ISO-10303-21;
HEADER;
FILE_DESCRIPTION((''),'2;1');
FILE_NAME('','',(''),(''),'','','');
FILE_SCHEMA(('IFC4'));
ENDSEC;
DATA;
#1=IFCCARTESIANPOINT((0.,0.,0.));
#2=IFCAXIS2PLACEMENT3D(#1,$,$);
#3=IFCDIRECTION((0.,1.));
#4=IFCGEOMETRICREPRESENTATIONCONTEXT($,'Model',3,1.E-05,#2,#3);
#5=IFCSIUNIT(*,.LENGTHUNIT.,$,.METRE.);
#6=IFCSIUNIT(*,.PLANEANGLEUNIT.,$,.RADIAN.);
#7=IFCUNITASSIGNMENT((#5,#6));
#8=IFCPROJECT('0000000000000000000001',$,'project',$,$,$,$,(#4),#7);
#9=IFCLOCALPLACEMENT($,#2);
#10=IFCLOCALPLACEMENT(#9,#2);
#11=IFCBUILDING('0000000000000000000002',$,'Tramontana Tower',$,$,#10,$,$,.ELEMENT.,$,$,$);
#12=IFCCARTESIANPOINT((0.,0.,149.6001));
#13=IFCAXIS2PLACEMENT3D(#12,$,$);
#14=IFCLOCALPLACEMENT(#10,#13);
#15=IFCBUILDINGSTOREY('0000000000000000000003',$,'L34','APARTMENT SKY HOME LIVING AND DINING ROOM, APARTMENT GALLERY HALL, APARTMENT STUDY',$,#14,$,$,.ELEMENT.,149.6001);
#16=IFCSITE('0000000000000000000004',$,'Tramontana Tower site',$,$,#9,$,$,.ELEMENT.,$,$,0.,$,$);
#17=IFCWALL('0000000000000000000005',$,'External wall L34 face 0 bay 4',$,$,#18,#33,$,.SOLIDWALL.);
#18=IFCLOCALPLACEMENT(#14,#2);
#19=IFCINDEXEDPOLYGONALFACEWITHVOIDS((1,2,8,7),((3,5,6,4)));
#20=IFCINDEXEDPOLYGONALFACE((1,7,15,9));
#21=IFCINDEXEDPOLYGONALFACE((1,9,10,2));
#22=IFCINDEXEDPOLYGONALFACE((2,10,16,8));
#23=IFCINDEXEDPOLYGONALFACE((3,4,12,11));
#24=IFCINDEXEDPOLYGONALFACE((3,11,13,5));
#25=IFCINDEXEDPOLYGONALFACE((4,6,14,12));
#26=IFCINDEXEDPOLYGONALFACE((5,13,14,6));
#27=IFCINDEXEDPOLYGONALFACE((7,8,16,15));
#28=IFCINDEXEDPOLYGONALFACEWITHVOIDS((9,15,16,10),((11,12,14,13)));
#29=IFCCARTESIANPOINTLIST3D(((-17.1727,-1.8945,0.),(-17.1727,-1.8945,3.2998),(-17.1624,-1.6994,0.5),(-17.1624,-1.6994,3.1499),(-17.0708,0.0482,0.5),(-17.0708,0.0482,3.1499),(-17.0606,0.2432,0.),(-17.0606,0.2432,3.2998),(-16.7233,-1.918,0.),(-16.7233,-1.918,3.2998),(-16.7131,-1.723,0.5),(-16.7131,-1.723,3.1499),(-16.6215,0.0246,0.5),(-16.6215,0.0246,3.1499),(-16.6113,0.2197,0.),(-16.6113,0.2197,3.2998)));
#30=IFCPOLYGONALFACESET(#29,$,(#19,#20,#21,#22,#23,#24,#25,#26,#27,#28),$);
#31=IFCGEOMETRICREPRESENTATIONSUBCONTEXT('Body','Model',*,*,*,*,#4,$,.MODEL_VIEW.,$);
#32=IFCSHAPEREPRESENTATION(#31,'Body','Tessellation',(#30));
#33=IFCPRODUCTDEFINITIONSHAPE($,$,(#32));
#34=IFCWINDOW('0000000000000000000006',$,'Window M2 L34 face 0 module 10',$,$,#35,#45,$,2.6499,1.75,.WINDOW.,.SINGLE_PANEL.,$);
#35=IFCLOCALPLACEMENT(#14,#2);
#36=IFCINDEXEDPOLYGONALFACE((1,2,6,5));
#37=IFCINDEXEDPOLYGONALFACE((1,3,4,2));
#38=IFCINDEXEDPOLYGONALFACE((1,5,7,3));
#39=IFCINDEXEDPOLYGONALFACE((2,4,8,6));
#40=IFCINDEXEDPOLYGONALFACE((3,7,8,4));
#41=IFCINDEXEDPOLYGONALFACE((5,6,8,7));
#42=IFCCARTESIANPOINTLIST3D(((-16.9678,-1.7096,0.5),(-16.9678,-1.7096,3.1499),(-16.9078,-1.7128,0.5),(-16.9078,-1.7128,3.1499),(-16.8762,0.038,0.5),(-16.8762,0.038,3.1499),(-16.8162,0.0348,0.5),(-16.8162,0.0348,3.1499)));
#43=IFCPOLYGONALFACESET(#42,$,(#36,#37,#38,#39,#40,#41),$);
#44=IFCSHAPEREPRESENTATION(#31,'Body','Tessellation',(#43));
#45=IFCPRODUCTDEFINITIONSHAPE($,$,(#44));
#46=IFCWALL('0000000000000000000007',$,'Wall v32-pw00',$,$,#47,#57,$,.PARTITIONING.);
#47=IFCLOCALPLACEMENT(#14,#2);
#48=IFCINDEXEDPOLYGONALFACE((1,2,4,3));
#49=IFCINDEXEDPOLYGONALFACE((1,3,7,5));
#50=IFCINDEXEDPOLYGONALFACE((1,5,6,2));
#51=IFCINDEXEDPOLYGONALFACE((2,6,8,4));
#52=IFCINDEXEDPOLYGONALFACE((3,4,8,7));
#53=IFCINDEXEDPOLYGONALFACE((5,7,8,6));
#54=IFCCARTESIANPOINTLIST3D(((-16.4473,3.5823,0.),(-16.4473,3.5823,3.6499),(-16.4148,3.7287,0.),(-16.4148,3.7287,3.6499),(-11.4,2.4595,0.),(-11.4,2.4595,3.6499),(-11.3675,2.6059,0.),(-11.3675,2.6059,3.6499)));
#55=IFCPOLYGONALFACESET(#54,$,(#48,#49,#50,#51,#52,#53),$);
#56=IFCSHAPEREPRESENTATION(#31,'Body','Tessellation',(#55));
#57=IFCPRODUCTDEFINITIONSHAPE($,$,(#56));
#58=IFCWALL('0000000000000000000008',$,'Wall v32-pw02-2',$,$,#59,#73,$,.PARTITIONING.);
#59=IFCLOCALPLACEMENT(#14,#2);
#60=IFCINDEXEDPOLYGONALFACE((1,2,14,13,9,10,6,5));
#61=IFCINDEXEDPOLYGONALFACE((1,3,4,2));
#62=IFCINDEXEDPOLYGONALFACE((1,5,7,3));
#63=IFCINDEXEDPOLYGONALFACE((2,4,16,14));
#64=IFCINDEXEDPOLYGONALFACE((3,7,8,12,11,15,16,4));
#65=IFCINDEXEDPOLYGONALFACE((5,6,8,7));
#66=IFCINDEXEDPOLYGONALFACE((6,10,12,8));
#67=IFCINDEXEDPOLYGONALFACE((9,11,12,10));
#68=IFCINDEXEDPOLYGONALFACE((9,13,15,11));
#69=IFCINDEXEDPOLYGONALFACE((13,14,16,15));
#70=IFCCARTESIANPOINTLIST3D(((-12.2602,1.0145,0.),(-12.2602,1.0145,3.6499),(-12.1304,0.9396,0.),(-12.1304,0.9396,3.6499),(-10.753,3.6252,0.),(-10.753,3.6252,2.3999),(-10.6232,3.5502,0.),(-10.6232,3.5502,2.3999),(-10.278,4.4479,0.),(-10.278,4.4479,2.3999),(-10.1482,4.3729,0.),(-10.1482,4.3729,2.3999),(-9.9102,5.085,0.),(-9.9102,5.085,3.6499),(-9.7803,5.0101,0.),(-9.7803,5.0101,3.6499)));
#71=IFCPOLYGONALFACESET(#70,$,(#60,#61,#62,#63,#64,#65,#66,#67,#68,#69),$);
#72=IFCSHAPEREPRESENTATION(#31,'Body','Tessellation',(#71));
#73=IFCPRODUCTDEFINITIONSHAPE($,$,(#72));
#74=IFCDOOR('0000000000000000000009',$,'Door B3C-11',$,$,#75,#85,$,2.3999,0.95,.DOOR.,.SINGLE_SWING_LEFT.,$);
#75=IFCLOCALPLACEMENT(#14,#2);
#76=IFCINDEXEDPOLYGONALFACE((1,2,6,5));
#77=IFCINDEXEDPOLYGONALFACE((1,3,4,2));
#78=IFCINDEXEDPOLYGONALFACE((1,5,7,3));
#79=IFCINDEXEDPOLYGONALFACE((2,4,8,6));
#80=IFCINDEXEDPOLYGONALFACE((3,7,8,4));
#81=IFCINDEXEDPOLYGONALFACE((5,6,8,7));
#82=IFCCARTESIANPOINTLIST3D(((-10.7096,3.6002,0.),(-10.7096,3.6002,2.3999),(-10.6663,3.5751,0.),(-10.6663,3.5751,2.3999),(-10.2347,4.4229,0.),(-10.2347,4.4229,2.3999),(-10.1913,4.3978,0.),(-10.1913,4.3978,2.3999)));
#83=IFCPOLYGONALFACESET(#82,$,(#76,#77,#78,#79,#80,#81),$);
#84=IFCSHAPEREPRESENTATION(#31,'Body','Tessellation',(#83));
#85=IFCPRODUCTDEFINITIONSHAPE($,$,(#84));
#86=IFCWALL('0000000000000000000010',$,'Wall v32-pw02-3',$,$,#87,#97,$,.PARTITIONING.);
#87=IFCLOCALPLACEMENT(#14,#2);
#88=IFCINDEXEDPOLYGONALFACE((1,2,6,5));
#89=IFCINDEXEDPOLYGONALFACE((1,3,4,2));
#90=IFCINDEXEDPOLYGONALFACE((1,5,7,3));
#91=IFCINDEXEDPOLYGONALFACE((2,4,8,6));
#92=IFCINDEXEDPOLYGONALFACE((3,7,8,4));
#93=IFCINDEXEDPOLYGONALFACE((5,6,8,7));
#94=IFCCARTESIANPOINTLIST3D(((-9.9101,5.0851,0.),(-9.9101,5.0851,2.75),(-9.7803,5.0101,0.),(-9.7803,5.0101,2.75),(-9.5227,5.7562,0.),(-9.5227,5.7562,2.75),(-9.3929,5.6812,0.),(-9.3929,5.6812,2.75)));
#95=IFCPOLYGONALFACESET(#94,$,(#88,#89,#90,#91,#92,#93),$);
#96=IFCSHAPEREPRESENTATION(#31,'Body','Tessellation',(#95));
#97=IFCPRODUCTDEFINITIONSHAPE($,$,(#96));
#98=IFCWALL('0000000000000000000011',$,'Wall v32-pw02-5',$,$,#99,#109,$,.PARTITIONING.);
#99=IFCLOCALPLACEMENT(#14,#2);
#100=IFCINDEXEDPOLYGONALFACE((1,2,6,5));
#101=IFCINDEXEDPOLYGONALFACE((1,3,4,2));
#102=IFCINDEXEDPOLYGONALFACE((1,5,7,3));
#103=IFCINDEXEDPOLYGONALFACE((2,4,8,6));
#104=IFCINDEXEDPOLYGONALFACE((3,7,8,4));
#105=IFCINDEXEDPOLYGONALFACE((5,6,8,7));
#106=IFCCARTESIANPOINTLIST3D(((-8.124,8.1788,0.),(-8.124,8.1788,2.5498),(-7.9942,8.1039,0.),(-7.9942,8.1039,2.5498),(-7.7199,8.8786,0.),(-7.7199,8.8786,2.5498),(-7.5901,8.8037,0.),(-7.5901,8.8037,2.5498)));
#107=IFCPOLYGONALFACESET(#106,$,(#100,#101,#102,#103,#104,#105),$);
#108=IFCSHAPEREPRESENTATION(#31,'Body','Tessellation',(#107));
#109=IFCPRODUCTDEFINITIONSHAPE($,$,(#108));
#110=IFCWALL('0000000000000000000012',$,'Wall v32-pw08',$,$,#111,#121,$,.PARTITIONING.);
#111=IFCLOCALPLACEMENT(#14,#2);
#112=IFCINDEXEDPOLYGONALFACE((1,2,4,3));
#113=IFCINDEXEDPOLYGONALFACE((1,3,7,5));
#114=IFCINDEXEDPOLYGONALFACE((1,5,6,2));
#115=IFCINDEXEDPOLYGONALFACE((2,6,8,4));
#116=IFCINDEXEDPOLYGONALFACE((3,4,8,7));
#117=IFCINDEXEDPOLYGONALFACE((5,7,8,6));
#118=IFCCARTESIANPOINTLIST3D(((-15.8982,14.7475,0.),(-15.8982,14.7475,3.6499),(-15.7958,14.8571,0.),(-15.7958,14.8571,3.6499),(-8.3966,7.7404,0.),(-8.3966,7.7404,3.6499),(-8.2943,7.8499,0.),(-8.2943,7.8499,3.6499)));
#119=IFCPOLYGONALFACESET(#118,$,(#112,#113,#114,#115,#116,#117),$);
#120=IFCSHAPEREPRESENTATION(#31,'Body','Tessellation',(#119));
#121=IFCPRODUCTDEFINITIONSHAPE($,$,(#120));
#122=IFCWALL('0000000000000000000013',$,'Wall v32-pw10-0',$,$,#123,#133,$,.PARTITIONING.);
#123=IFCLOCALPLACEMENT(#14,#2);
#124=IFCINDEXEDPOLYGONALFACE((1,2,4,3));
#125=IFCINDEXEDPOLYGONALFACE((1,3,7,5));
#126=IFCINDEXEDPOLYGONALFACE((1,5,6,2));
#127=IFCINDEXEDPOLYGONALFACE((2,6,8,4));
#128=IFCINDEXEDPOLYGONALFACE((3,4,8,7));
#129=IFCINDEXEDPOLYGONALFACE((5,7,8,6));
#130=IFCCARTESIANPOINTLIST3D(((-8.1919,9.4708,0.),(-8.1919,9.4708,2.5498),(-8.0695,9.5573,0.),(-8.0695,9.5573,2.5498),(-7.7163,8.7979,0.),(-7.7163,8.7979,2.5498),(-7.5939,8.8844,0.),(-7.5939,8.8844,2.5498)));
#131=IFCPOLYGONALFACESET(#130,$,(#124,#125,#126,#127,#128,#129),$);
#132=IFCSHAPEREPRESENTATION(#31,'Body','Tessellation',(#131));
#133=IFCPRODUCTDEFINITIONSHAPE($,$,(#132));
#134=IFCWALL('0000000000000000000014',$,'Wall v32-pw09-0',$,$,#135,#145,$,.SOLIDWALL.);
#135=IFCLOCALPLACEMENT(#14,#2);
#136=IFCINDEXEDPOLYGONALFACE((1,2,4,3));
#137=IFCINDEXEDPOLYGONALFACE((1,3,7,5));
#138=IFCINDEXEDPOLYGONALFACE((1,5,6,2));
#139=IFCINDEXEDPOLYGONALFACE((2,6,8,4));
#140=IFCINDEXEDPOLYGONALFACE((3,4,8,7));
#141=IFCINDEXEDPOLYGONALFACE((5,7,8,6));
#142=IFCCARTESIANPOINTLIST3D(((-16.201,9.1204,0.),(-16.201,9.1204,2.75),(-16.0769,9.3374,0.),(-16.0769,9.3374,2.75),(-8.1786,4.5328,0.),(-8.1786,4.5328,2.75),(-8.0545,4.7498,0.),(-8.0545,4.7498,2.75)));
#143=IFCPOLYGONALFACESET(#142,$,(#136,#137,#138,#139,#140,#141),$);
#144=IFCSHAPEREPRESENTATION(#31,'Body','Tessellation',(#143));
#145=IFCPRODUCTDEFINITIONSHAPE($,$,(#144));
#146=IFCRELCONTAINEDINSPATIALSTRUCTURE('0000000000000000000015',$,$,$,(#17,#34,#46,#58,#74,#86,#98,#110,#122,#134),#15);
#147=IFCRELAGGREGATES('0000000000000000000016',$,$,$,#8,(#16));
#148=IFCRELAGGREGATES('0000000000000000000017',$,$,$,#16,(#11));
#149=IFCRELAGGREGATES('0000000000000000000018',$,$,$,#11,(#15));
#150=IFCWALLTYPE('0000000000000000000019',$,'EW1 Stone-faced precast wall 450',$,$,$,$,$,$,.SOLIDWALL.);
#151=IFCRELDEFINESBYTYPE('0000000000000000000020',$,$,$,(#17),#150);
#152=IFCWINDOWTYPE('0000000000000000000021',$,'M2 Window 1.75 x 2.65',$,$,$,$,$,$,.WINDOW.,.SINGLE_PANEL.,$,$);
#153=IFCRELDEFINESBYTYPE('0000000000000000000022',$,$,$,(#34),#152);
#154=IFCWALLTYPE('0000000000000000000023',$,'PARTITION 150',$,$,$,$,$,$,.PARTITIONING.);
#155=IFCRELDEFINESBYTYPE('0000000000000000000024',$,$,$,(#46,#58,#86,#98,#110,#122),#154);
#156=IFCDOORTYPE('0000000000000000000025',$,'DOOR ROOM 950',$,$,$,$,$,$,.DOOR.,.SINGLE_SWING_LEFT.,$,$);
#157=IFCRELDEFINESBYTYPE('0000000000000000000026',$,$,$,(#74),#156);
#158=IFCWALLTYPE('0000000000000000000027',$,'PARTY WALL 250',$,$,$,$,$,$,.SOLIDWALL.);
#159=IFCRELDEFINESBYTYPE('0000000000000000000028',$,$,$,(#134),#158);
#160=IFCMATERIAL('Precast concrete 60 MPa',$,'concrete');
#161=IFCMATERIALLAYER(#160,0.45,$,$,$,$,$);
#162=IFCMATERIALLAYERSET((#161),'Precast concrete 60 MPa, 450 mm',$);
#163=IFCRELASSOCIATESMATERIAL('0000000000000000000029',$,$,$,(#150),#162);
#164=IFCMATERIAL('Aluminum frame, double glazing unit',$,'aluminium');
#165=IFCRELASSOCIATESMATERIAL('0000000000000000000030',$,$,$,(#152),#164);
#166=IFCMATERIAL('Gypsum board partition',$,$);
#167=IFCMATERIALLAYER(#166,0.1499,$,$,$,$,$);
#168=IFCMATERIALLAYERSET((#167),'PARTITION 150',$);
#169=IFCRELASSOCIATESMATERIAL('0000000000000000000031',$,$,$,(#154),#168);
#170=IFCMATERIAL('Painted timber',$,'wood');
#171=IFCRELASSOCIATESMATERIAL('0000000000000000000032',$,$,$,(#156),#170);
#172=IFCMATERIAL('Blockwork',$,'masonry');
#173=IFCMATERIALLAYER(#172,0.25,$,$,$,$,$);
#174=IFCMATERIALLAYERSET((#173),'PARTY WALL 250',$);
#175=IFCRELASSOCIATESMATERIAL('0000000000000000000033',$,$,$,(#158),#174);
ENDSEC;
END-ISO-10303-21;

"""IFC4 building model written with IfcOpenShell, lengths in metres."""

from ifc_helpers import new_model, si_unit, direction, frame, frame_2d, origin, place, context, subcontext, project, spatial, rectangle, extrude, material, layer, layer_set, type_object, element, fill, save


model = new_model("IFC4")

# Units and contexts
model_context = context("Model", 3, precision=1e-05, world=origin(), true_north=direction((0.0, 1.0)))
body_context = subcontext(model_context, "Body", "Model", "MODEL_VIEW")
ifc_project = project(units=[si_unit("LENGTHUNIT", "METRE"), si_unit("PLANEANGLEUNIT", "RADIAN")], contexts=[model_context])

# Site, building, storey
site_placement = place(None, origin())
site = spatial("IfcSite", under=ifc_project, at=site_placement, Name="Tramontana Tower site", CompositionType="ELEMENT", RefElevation=0.0)
building_placement = place(site_placement, origin())
building = spatial("IfcBuilding", under=site, at=building_placement, Name="Tramontana Tower", CompositionType="ELEMENT")
storey_placement = place(building_placement, frame((0.0, 0.0, 149.6001)))
storey = spatial("IfcBuildingStorey", under=building, at=storey_placement, Name="L34", Description="APARTMENT SKY HOME LIVING AND DINING ROOM, APARTMENT GALLERY HALL, APARTMENT STUDY", CompositionType="ELEMENT", Elevation=149.6001)

# Shared definitions
ifc_material_1 = material(Name="Precast concrete 60 MPa", Category="concrete")
ifc_layer_1 = layer(ifc_material_1, 0.45)
ifc_layer_set_1 = layer_set([ifc_layer_1], Name="Precast concrete 60 MPa, 450 mm")
wall_type_1 = type_object("IfcWallType", Name="EW1 Stone-faced precast wall 450", PredefinedType="SOLIDWALL", material=ifc_layer_set_1)
ifc_material_2 = material(Name="Aluminum frame, double glazing unit", Category="aluminium")
window_type = type_object("IfcWindowType", Name="M2 Window 1.75 x 2.65", PartitioningType="SINGLE_PANEL", PredefinedType="WINDOW", material=ifc_material_2)

# Wall, opening, window
wall_1_placement = place(storey_placement, frame((-16.8359, 0.2314, 0.0), z_axis=(0.0, 0.0, 1.0), x_axis=(-0.052349, -0.998629, 0.0)))
wall_1 = element("IfcWall", 1, at=wall_1_placement, inside=storey, type_object=wall_type_1, Name="External wall L34 face 0 bay 4", PredefinedType="SOLIDWALL", context=body_context, shape_type="SweptSolid", body=[
    extrude(rectangle(XDim=2.1406, YDim=0.45, at=frame_2d((1.0703, 0.0))), origin(), (0.0, 0.0, 1.0), 3.2998),
])
opening_1_placement = place(wall_1_placement, frame((0.1953, 0.0, 0.5)))
opening_1 = element("IfcOpeningElement", 2, at=opening_1_placement, cuts=wall_1, PredefinedType="OPENING", context=body_context, shape_type="SweptSolid", body=[
    extrude(rectangle(XDim=1.75, YDim=2.6499, at=frame_2d((0.875, 1.325))), frame((0.0, 0.2349, 0.0), z_axis=(0.0, -1.0, 0.0), x_axis=(1.0, 0.0, 0.0)), (0.0, 0.0, 1.0), 0.47),
])
window_1_placement = place(opening_1_placement, origin())
window_1 = element("IfcWindow", 3, at=window_1_placement, inside=storey, type_object=window_type, Name="Window M2 L34 face 0 module 10", OverallHeight=2.6499, OverallWidth=1.75, PartitioningType="SINGLE_PANEL", PredefinedType="WINDOW", context=body_context, shape_type="SweptSolid", body=[
    extrude(rectangle(XDim=1.75, YDim=2.6499, at=frame_2d((0.875, 1.325))), frame((0.0, 0.03, 0.0), z_axis=(0.0, -1.0, 0.0), x_axis=(1.0, 0.0, 0.0)), (0.0, 0.0, 1.0), 0.0601),
])
fill(opening_1, window_1)

# Wall
ifc_material_3 = material(Name="Gypsum board partition")
ifc_layer_2 = layer(ifc_material_3, 0.1499)
ifc_layer_set_2 = layer_set([ifc_layer_2], Name="PARTITION 150")
wall_type_2 = type_object("IfcWallType", Name="PARTITION 150", PredefinedType="PARTITIONING", material=ifc_layer_set_2)
wall_2_placement = place(storey_placement, frame((-16.4312, 3.6555, 0.0), z_axis=(0.0, 0.0, 1.0), x_axis=(0.976139, -0.217145, 0.0)))
element("IfcWall", 4, at=wall_2_placement, inside=storey, type_object=wall_type_2, Name="Wall v32-pw00", PredefinedType="PARTITIONING", context=body_context, shape_type="SweptSolid", body=[
    extrude(rectangle(XDim=5.1707, YDim=0.1499, at=frame_2d((2.5854, 0.0))), origin(), (0.0, 0.0, 1.0), 3.6499),
])

# Wall, opening, door
ifc_material_4 = material(Name="Painted timber", Category="wood")
door_type_1 = type_object("IfcDoorType", Name="DOOR ROOM 950", OperationType="SINGLE_SWING_LEFT", PredefinedType="DOOR", material=ifc_material_4)
wall_3_placement = place(storey_placement, frame((-12.1953, 0.9771, 0.0), z_axis=(0.0, 0.0, 1.0), x_axis=(0.499994, 0.866029, 0.0)))
wall_3 = element("IfcWall", 5, at=wall_3_placement, inside=storey, type_object=wall_type_2, Name="Wall v32-pw02-2", PredefinedType="PARTITIONING", context=body_context, shape_type="SweptSolid", body=[
    extrude(rectangle(XDim=4.7002, YDim=0.1499, at=frame_2d((2.3501, 0.0))), origin(), (0.0, 0.0, 1.0), 3.6499),
])
opening_2_placement = place(wall_3_placement, frame((3.0144, 0.0, 0.0)))
opening_2 = element("IfcOpeningElement", 6, at=opening_2_placement, cuts=wall_3, PredefinedType="OPENING", context=body_context, shape_type="SweptSolid", body=[
    extrude(rectangle(XDim=0.95, YDim=2.3999, at=frame_2d((0.4751, 1.2))), frame((0.0, 0.085, 0.0), z_axis=(0.0, -1.0, 0.0), x_axis=(1.0, 0.0, 0.0)), (0.0, 0.0, 1.0), 0.1699),
])
door_1_placement = place(opening_2_placement, origin())
door_1 = element("IfcDoor", 7, at=door_1_placement, inside=storey, type_object=door_type_1, Name="Door B3C-11", OperationType="SINGLE_SWING_LEFT", OverallHeight=2.3999, OverallWidth=0.95, PredefinedType="DOOR", context=body_context, shape_type="SweptSolid", body=[
    extrude(rectangle(XDim=0.95, YDim=2.3999, at=frame_2d((0.4751, 1.2))), frame((0.0, 0.0249, 0.0), z_axis=(0.0, -1.0, 0.0), x_axis=(1.0, 0.0, 0.0)), (0.0, 0.0, 1.0), 0.05),
])
fill(opening_2, door_1)

# Wall
wall_4_placement = place(storey_placement, frame((-9.8452, 5.0476, 0.0), z_axis=(0.0, 0.0, 1.0), x_axis=(0.499968, 0.866044, 0.0)))
element("IfcWall", 8, at=wall_4_placement, inside=storey, type_object=wall_type_2, Name="Wall v32-pw02-3", PredefinedType="PARTITIONING", context=body_context, shape_type="SweptSolid", body=[
    extrude(rectangle(XDim=0.7749, YDim=0.1499, at=frame_2d((0.3875, 0.0))), origin(), (0.0, 0.0, 1.0), 2.75),
])

# Walls
wall_5_placement = place(storey_placement, frame((-8.0591, 8.1414, 0.0), z_axis=(0.0, 0.0, 1.0), x_axis=(0.500071, 0.865984, 0.0)))
element("IfcWall", 9, at=wall_5_placement, inside=storey, type_object=wall_type_2, Name="Wall v32-pw02-5", PredefinedType="PARTITIONING", context=body_context, shape_type="SweptSolid", body=[
    extrude(rectangle(XDim=0.8081, YDim=0.1499, at=frame_2d((0.4041, 0.0))), origin(), (0.0, 0.0, 1.0), 2.5498),
])
wall_6_placement = place(storey_placement, frame((-8.3455, 7.7952, 0.0), z_axis=(0.0, 0.0, 1.0), x_axis=(-0.730778, 0.682616, 0.0)))
element("IfcWall", 10, at=wall_6_placement, inside=storey, type_object=wall_type_2, Name="Wall v32-pw08", PredefinedType="PARTITIONING", context=body_context, shape_type="SweptSolid", body=[
    extrude(rectangle(XDim=10.2651, YDim=0.1499, at=frame_2d((5.1326, 0.0))), origin(), (0.0, 0.0, 1.0), 3.6499),
])
wall_7_placement = place(storey_placement, frame((-7.655, 8.8411, 0.0), z_axis=(0.0, 0.0, 1.0), x_axis=(-0.577195, 0.816606, 0.0)))
element("IfcWall", 11, at=wall_7_placement, inside=storey, type_object=wall_type_2, Name="Wall v32-pw10-0", PredefinedType="PARTITIONING", context=body_context, shape_type="SweptSolid", body=[
    extrude(rectangle(XDim=0.824, YDim=0.1499, at=frame_2d((0.4121, 0.0))), origin(), (0.0, 0.0, 1.0), 2.5498),
])

# Wall
ifc_material_5 = material(Name="Blockwork", Category="masonry")
ifc_layer_3 = layer(ifc_material_5, 0.25)
ifc_layer_set_3 = layer_set([ifc_layer_3], Name="PARTY WALL 250")
wall_type_3 = type_object("IfcWallType", Name="PARTY WALL 250", PredefinedType="SOLIDWALL", material=ifc_layer_set_3)
wall_8_placement = place(storey_placement, frame((-8.1167, 4.6414, 0.0), z_axis=(0.0, 0.0, 1.0), x_axis=(-0.868085, 0.496415, 0.0)))
element("IfcWall", 12, at=wall_8_placement, inside=storey, type_object=wall_type_3, Name="Wall v32-pw09-0", PredefinedType="SOLIDWALL", context=body_context, shape_type="SweptSolid", body=[
    extrude(rectangle(XDim=9.2415, YDim=0.25, at=frame_2d((4.6206, 0.0))), origin(), (0.0, 0.0, 1.0), 2.75),
])

save(model, "model.ifc")
